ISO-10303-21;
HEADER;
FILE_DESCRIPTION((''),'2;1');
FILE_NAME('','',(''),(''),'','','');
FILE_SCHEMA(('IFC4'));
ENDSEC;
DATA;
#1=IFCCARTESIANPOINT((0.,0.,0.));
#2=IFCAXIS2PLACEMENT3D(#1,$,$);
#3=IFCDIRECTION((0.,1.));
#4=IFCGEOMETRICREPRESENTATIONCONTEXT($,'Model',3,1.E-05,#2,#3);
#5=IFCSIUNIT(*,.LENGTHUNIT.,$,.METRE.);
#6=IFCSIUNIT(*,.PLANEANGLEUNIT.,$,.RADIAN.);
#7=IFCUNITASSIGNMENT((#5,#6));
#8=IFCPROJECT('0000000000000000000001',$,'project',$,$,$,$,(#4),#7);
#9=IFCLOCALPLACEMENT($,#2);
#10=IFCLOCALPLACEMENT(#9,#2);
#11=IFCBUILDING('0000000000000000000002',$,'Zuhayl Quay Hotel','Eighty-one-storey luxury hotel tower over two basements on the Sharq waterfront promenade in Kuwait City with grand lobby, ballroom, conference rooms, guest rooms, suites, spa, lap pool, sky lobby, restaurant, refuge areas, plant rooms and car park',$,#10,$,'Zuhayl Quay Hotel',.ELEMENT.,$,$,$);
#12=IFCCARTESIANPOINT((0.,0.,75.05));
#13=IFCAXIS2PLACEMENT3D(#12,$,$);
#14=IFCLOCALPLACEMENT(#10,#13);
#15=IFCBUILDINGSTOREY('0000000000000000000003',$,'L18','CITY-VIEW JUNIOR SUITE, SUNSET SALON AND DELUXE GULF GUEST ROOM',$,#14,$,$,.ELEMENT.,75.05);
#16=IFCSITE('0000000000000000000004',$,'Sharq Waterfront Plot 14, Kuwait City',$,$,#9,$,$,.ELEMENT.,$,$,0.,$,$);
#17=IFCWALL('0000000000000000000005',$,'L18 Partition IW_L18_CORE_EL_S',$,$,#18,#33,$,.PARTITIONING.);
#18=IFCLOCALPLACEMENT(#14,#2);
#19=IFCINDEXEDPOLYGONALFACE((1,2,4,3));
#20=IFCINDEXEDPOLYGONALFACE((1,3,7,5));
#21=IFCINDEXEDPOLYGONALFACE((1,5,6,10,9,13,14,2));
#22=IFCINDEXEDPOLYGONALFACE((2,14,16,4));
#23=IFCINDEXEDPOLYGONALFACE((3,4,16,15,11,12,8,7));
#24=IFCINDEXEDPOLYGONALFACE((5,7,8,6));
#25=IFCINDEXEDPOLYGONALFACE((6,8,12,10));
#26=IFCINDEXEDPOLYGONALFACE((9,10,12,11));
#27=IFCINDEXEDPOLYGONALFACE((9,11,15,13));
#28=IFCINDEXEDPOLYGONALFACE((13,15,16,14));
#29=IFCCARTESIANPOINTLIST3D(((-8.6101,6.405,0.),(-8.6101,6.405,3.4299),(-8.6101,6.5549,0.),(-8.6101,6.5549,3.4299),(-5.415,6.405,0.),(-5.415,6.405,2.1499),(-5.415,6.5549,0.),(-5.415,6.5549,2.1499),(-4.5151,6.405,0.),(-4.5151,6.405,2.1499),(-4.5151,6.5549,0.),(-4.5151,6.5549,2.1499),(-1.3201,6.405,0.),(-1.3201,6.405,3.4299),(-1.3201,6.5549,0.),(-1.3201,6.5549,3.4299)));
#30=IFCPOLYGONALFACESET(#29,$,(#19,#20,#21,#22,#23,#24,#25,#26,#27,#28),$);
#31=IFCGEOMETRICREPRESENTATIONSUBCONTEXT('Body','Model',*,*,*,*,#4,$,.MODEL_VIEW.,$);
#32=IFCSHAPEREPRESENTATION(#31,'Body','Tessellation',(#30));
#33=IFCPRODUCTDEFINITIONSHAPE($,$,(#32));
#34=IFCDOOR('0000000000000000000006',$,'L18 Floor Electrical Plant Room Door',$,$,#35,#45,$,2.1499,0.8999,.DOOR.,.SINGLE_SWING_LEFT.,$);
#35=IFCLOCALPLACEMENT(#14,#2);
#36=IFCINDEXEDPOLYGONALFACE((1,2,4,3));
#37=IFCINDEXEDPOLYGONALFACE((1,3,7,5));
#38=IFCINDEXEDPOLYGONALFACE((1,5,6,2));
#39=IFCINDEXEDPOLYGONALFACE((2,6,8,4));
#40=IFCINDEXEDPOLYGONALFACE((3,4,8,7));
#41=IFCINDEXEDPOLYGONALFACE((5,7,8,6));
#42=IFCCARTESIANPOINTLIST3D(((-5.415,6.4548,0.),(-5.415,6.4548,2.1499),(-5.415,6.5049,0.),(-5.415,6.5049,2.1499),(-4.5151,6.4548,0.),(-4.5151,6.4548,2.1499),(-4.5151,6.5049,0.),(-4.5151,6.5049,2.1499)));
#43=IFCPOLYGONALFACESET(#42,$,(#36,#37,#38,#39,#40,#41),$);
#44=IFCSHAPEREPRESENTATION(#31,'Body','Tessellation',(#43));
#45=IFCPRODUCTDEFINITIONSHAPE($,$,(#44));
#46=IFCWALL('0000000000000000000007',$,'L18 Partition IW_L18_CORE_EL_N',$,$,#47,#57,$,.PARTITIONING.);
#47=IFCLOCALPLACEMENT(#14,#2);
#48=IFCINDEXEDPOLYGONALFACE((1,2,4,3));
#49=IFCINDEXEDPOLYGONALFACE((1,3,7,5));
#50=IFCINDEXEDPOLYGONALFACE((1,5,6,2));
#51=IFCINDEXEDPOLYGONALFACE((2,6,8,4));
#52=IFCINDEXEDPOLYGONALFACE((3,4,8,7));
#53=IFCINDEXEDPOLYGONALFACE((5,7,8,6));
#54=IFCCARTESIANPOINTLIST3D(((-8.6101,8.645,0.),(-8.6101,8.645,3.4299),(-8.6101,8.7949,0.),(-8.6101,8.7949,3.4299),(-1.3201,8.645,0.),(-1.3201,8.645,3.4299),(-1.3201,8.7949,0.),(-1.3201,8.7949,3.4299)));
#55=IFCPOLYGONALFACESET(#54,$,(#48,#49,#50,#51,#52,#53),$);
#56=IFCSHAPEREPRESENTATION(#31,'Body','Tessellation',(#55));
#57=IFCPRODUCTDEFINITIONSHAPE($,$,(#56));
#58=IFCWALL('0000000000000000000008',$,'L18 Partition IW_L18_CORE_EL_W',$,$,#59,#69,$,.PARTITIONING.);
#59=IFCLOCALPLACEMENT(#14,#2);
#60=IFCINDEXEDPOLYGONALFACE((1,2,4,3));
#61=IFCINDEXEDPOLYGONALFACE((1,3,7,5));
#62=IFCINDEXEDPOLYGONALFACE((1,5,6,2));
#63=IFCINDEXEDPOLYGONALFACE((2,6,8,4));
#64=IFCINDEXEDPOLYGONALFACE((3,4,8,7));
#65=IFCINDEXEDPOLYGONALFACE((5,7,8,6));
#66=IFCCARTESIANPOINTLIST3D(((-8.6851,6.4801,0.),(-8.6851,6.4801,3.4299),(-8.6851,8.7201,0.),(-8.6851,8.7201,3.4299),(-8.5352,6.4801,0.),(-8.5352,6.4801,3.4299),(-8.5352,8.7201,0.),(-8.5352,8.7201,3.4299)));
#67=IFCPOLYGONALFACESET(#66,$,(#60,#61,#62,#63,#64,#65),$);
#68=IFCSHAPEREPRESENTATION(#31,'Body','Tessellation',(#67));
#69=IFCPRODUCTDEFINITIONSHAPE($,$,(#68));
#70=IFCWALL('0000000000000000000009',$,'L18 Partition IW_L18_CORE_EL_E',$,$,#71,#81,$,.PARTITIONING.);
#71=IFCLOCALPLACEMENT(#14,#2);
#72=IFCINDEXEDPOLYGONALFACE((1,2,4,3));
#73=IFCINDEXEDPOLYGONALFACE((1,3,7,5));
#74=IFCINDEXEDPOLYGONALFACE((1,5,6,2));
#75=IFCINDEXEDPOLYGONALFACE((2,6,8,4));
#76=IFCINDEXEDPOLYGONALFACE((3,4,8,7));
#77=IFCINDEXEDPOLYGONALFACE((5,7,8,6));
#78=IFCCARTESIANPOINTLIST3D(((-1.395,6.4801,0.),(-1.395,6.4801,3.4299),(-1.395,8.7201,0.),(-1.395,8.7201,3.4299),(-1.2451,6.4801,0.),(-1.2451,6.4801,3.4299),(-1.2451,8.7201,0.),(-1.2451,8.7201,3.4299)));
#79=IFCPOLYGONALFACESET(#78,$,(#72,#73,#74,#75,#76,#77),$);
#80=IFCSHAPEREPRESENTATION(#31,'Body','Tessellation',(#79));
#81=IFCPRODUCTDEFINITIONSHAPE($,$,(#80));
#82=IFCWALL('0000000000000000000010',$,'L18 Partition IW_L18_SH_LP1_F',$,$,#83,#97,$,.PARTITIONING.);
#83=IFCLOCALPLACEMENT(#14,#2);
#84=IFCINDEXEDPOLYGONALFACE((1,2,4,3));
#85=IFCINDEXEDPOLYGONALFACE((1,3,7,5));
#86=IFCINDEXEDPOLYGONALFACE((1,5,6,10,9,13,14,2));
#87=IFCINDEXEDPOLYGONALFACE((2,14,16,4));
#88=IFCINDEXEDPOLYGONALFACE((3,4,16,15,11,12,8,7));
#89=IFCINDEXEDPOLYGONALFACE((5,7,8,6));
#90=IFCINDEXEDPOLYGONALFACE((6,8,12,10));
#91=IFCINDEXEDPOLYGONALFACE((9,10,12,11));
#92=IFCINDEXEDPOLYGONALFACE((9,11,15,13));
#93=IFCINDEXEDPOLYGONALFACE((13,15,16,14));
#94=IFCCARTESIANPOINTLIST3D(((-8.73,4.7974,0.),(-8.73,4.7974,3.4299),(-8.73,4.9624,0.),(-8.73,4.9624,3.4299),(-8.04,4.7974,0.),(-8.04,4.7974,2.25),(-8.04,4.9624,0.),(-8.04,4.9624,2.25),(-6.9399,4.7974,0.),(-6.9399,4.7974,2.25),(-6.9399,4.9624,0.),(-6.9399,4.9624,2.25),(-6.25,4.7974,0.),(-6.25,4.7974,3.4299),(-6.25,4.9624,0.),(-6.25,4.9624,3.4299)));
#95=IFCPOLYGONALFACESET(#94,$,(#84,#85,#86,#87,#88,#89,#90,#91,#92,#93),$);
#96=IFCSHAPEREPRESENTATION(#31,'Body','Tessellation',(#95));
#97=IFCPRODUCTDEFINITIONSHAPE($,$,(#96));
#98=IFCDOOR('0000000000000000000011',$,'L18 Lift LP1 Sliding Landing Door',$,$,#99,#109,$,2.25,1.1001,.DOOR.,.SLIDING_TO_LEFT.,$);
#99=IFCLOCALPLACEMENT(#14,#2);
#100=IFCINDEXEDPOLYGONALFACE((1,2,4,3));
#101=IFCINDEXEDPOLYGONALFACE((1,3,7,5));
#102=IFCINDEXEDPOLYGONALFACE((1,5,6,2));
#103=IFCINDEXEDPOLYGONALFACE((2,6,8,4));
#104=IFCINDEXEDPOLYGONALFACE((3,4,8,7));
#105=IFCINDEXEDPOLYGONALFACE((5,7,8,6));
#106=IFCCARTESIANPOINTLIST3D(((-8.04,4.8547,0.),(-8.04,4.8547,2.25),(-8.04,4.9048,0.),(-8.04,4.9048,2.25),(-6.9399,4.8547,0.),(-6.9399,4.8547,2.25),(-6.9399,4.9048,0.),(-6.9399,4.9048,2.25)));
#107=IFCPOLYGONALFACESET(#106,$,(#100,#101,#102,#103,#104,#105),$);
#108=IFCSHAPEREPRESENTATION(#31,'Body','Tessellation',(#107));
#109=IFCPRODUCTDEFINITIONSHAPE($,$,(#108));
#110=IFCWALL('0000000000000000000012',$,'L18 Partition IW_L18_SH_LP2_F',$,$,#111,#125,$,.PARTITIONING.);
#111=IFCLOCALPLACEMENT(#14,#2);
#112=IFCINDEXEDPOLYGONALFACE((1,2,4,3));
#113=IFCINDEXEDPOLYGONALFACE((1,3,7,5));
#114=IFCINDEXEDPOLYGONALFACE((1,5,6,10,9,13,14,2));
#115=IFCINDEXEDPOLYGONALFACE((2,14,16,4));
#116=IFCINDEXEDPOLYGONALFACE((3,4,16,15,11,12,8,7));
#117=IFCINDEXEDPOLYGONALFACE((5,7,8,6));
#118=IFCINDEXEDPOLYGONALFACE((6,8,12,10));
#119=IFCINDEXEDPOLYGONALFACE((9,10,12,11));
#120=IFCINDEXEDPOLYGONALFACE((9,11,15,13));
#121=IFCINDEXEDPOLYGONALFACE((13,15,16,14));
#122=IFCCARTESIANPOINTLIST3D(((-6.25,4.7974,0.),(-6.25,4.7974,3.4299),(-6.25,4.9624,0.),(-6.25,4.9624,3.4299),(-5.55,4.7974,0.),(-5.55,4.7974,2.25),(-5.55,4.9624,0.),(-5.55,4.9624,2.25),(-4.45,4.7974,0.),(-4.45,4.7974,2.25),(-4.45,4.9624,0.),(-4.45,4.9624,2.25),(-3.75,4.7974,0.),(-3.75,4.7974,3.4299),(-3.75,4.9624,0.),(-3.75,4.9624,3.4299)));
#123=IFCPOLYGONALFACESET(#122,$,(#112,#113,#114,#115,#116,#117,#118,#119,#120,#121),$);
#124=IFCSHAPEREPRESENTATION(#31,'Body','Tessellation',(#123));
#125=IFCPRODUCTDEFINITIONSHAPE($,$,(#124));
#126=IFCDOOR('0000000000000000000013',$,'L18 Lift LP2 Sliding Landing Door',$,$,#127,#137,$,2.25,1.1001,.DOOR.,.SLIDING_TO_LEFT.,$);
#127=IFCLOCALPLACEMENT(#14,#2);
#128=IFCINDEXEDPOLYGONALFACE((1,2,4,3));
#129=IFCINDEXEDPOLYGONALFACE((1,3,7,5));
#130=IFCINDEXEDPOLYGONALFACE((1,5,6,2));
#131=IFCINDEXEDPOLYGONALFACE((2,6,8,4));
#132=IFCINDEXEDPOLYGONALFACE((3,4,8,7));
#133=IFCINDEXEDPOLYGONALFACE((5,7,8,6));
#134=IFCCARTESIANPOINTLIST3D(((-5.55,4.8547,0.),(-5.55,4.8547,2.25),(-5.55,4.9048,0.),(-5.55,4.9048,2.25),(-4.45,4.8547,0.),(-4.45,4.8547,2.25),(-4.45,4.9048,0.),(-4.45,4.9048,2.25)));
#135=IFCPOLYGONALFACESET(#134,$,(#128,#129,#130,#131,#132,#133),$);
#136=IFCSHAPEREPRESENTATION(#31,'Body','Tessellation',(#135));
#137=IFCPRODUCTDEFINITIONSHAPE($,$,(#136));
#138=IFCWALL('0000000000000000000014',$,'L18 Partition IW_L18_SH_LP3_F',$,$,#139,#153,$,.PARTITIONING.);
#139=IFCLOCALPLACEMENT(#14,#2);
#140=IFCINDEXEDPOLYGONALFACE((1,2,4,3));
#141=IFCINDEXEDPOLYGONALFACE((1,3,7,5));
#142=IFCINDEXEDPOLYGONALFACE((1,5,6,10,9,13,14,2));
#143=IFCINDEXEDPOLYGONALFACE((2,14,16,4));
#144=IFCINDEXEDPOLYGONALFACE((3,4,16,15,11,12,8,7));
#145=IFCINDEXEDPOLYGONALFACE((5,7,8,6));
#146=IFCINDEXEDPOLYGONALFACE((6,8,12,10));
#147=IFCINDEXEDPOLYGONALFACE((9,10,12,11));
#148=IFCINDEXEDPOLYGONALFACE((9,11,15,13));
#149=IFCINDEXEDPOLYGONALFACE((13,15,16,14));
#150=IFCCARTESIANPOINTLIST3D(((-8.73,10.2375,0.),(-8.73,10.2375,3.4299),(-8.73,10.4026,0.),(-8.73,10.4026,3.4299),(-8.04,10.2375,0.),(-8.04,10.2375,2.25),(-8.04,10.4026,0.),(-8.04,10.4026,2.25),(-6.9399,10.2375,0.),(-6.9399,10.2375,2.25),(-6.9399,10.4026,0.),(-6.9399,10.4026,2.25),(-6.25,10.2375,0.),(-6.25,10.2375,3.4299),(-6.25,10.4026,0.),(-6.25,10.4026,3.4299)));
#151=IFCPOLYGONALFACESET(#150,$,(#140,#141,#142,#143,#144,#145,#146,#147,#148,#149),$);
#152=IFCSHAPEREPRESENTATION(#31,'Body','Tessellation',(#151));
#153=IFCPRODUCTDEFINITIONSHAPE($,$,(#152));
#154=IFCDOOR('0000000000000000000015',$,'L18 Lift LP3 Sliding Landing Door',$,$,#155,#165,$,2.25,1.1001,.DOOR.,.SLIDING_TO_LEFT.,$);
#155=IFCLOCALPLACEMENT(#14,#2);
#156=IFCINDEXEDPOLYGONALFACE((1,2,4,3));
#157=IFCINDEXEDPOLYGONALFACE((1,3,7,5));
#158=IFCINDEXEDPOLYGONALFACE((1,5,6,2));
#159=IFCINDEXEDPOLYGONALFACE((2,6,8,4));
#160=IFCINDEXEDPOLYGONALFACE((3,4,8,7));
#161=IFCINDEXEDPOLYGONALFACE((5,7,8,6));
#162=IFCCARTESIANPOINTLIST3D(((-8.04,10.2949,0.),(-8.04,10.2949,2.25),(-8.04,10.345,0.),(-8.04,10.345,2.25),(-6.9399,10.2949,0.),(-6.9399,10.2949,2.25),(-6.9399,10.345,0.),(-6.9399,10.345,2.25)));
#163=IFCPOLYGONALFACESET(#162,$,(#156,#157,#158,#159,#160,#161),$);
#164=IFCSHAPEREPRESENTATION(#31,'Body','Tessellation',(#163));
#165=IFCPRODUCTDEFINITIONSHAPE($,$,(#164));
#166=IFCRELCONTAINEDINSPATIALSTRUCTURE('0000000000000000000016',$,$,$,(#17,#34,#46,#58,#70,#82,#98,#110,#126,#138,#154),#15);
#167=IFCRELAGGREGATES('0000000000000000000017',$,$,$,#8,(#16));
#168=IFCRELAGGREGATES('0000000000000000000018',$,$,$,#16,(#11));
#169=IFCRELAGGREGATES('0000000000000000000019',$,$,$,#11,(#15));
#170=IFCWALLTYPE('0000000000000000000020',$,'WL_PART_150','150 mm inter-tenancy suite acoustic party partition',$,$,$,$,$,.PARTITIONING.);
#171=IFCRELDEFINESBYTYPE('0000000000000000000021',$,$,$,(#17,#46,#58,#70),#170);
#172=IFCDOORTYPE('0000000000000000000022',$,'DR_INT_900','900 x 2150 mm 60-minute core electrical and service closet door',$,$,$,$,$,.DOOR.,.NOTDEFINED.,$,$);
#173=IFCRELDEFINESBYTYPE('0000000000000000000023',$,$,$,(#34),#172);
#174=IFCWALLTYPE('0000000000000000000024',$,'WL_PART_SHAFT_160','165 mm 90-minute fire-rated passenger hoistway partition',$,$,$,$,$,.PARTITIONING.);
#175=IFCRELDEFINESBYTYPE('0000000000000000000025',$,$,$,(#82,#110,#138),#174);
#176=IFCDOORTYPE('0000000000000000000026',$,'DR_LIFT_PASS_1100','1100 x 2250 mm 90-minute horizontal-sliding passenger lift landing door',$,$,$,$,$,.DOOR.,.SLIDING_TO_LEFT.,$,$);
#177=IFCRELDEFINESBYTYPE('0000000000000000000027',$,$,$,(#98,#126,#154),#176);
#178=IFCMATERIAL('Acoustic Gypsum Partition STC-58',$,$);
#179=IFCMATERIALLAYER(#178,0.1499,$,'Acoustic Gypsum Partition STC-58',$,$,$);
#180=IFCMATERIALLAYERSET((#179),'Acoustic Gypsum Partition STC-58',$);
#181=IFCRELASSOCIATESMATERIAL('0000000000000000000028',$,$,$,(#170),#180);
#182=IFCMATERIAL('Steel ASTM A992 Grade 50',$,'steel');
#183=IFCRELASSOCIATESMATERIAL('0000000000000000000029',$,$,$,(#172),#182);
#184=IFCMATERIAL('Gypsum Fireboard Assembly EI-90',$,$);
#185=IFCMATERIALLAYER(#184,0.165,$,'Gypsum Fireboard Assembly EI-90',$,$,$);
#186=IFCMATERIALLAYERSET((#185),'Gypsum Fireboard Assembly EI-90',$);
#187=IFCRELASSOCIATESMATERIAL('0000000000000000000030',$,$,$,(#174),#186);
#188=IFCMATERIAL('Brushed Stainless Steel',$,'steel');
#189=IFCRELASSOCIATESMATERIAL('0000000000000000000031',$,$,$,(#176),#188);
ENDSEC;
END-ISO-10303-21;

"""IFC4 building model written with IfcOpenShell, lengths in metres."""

from ifc_helpers import new_model, si_unit, direction, frame, frame_2d, origin, place, context, subcontext, project, spatial, rectangle, extrude, material, layer, layer_set, type_object, element, fill, save


model = new_model("IFC4")

# Units and contexts
model_context = context("Model", 3, precision=1e-05, world=origin(), true_north=direction((0.0, 1.0)))
body_context = subcontext(model_context, "Body", "Model", "MODEL_VIEW")
ifc_project = project(units=[si_unit("LENGTHUNIT", "METRE"), si_unit("PLANEANGLEUNIT", "RADIAN")], contexts=[model_context])

# Site, building, storey
site_placement = place(None, origin())
site = spatial("IfcSite", under=ifc_project, at=site_placement, Name="Sharq Waterfront Plot 14, Kuwait City", CompositionType="ELEMENT", RefElevation=0.0)
building_placement = place(site_placement, origin())
building = spatial("IfcBuilding", under=site, at=building_placement, Name="Zuhayl Quay Hotel", Description="Eighty-one-storey luxury hotel tower over two basements on the Sharq waterfront promenade in Kuwait City with grand lobby, ballroom, conference rooms, guest rooms, suites, spa, lap pool, sky lobby, restaurant, refuge areas, plant rooms and car park", LongName="Zuhayl Quay Hotel", CompositionType="ELEMENT")
storey_placement = place(building_placement, frame((0.0, 0.0, 75.05)))
storey = spatial("IfcBuildingStorey", under=building, at=storey_placement, Name="L18", Description="CITY-VIEW JUNIOR SUITE, SUNSET SALON AND DELUXE GULF GUEST ROOM", CompositionType="ELEMENT", Elevation=75.05)

# Wall, opening, door
ifc_material_1 = material(Name="Acoustic Gypsum Partition STC-58")
ifc_layer_1 = layer(ifc_material_1, 0.1499, Name="Acoustic Gypsum Partition STC-58")
ifc_layer_set_1 = layer_set([ifc_layer_1], Name="Acoustic Gypsum Partition STC-58")
wall_type_1 = type_object("IfcWallType", Name="WL_PART_150", Description="150 mm inter-tenancy suite acoustic party partition", PredefinedType="PARTITIONING", material=ifc_layer_set_1)
wall_1_placement = place(storey_placement, frame((-8.6101, 6.48, 0.0), z_axis=(0.0, 0.0, 1.0), x_axis=(1.0, 0.0, 0.0)))
wall_1 = element("IfcWall", 1, at=wall_1_placement, inside=storey, type_object=wall_type_1, Name="L18 Partition IW_L18_CORE_EL_S", PredefinedType="PARTITIONING", context=body_context, shape_type="SweptSolid", body=[
    extrude(rectangle(XDim=7.29, YDim=0.1499, at=frame_2d((3.645, 0.0))), origin(), (0.0, 0.0, 1.0), 3.4299),
])
opening_1_placement = place(wall_1_placement, frame((3.1951, 0.0, 0.0)))
opening_1 = element("IfcOpeningElement", 2, at=opening_1_placement, cuts=wall_1, PredefinedType="OPENING", context=body_context, shape_type="SweptSolid", body=[
    extrude(rectangle(XDim=0.8999, YDim=2.1499, at=frame_2d((0.45, 1.075))), frame((0.0, 0.085, 0.0), z_axis=(0.0, -1.0, 0.0), x_axis=(1.0, 0.0, 0.0)), (0.0, 0.0, 1.0), 0.1699),
])
ifc_material_2 = material(Name="Steel ASTM A992 Grade 50", Category="steel")
door_type_1 = type_object("IfcDoorType", Name="DR_INT_900", Description="900 x 2150 mm 60-minute core electrical and service closet door", OperationType="NOTDEFINED", PredefinedType="DOOR", material=ifc_material_2)
door_1_placement = place(opening_1_placement, origin())
door_1 = element("IfcDoor", 3, at=door_1_placement, inside=storey, type_object=door_type_1, Name="L18 Floor Electrical Plant Room Door", OperationType="SINGLE_SWING_LEFT", OverallHeight=2.1499, OverallWidth=0.8999, PredefinedType="DOOR", context=body_context, shape_type="SweptSolid", body=[
    extrude(rectangle(XDim=0.8999, YDim=2.1499, at=frame_2d((0.45, 1.075))), frame((0.0, 0.0249, 0.0), z_axis=(0.0, -1.0, 0.0), x_axis=(1.0, 0.0, 0.0)), (0.0, 0.0, 1.0), 0.05),
])
fill(opening_1, door_1)

# Walls
wall_2_placement = place(storey_placement, frame((-8.6101, 8.72, 0.0), z_axis=(0.0, 0.0, 1.0), x_axis=(1.0, 0.0, 0.0)))
element("IfcWall", 4, at=wall_2_placement, inside=storey, type_object=wall_type_1, Name="L18 Partition IW_L18_CORE_EL_N", PredefinedType="PARTITIONING", context=body_context, shape_type="SweptSolid", body=[
    extrude(rectangle(XDim=7.29, YDim=0.1499, at=frame_2d((3.645, 0.0))), origin(), (0.0, 0.0, 1.0), 3.4299),
])
for number, where, z_axis, x_axis, name in (
    (5, (-8.6101, 6.48, 0.0), (0.0, 0.0, 1.0), (0.0, 1.0, 0.0), "L18 Partition IW_L18_CORE_EL_W"),
    (6, (-1.3201, 6.48, 0.0), (0.0, 0.0, 1.0), (0.0, 1.0, 0.0), "L18 Partition IW_L18_CORE_EL_E"),
):
    element("IfcWall", number, at=place(storey_placement, frame(where, z_axis=z_axis, x_axis=x_axis)), inside=storey, type_object=wall_type_1, Name=name, PredefinedType="PARTITIONING", context=body_context, shape_type="SweptSolid", body=[
        extrude(rectangle(XDim=2.24, YDim=0.1499, at=frame_2d((1.1201, 0.0))), origin(), (0.0, 0.0, 1.0), 3.4299),
    ])

# Walls, openings, doors
ifc_material_3 = material(Name="Gypsum Fireboard Assembly EI-90")
ifc_layer_2 = layer(ifc_material_3, 0.165, Name="Gypsum Fireboard Assembly EI-90")
ifc_layer_set_2 = layer_set([ifc_layer_2], Name="Gypsum Fireboard Assembly EI-90")
wall_type_2 = type_object("IfcWallType", Name="WL_PART_SHAFT_160", Description="165 mm 90-minute fire-rated passenger hoistway partition", PredefinedType="PARTITIONING", material=ifc_layer_set_2)
wall_3_placement = place(storey_placement, frame((-8.73, 4.8799, 0.0), z_axis=(0.0, 0.0, 1.0), x_axis=(1.0, 0.0, 0.0)))
wall_3 = element("IfcWall", 7, at=wall_3_placement, inside=storey, type_object=wall_type_2, Name="L18 Partition IW_L18_SH_LP1_F", PredefinedType="PARTITIONING", context=body_context, shape_type="SweptSolid", body=[
    extrude(rectangle(XDim=2.48, YDim=0.165, at=frame_2d((1.24, 0.0))), origin(), (0.0, 0.0, 1.0), 3.4299),
])
opening_2_placement = place(wall_3_placement, frame((0.6899, 0.0, 0.0)))
opening_2 = element("IfcOpeningElement", 8, at=opening_2_placement, cuts=wall_3, PredefinedType="OPENING", context=body_context, shape_type="SweptSolid", body=[
    extrude(rectangle(XDim=1.1001, YDim=2.25, at=frame_2d((0.55, 1.125))), frame((0.0, 0.0925, 0.0), z_axis=(0.0, -1.0, 0.0), x_axis=(1.0, 0.0, 0.0)), (0.0, 0.0, 1.0), 0.1851),
])
ifc_material_4 = material(Name="Brushed Stainless Steel", Category="steel")
door_type_2 = type_object("IfcDoorType", Name="DR_LIFT_PASS_1100", Description="1100 x 2250 mm 90-minute horizontal-sliding passenger lift landing door", OperationType="SLIDING_TO_LEFT", PredefinedType="DOOR", material=ifc_material_4)
door_2_placement = place(opening_2_placement, origin())
door_2 = element("IfcDoor", 9, at=door_2_placement, inside=storey, type_object=door_type_2, Name="L18 Lift LP1 Sliding Landing Door", OperationType="SLIDING_TO_LEFT", OverallHeight=2.25, OverallWidth=1.1001, PredefinedType="DOOR", context=body_context, shape_type="SweptSolid", body=[
    extrude(rectangle(XDim=1.1001, YDim=2.25, at=frame_2d((0.55, 1.125))), frame((0.0, 0.0249, 0.0), z_axis=(0.0, -1.0, 0.0), x_axis=(1.0, 0.0, 0.0)), (0.0, 0.0, 1.0), 0.05),
])
fill(opening_2, door_2)
wall_4_placement = place(storey_placement, frame((-6.25, 4.8799, 0.0), z_axis=(0.0, 0.0, 1.0), x_axis=(1.0, 0.0, 0.0)))
wall_4 = element("IfcWall", 10, at=wall_4_placement, inside=storey, type_object=wall_type_2, Name="L18 Partition IW_L18_SH_LP2_F", PredefinedType="PARTITIONING", context=body_context, shape_type="SweptSolid", body=[
    extrude(rectangle(XDim=2.5, YDim=0.165, at=frame_2d((1.25, 0.0))), origin(), (0.0, 0.0, 1.0), 3.4299),
])
opening_3_placement = place(wall_4_placement, frame((0.7, 0.0, 0.0)))
opening_3 = element("IfcOpeningElement", 11, at=opening_3_placement, cuts=wall_4, PredefinedType="OPENING", context=body_context, shape_type="SweptSolid", body=[
    extrude(rectangle(XDim=1.1001, YDim=2.25, at=frame_2d((0.55, 1.125))), frame((0.0, 0.0925, 0.0), z_axis=(0.0, -1.0, 0.0), x_axis=(1.0, 0.0, 0.0)), (0.0, 0.0, 1.0), 0.1851),
])
door_3_placement = place(opening_3_placement, origin())
door_3 = element("IfcDoor", 12, at=door_3_placement, inside=storey, type_object=door_type_2, Name="L18 Lift LP2 Sliding Landing Door", OperationType="SLIDING_TO_LEFT", OverallHeight=2.25, OverallWidth=1.1001, PredefinedType="DOOR", context=body_context, shape_type="SweptSolid", body=[
    extrude(rectangle(XDim=1.1001, YDim=2.25, at=frame_2d((0.55, 1.125))), frame((0.0, 0.0249, 0.0), z_axis=(0.0, -1.0, 0.0), x_axis=(1.0, 0.0, 0.0)), (0.0, 0.0, 1.0), 0.05),
])
fill(opening_3, door_3)
wall_5_placement = place(storey_placement, frame((-8.73, 10.3201, 0.0), z_axis=(0.0, 0.0, 1.0), x_axis=(1.0, 0.0, 0.0)))
wall_5 = element("IfcWall", 13, at=wall_5_placement, inside=storey, type_object=wall_type_2, Name="L18 Partition IW_L18_SH_LP3_F", PredefinedType="PARTITIONING", context=body_context, shape_type="SweptSolid", body=[
    extrude(rectangle(XDim=2.48, YDim=0.165, at=frame_2d((1.24, 0.0))), origin(), (0.0, 0.0, 1.0), 3.4299),
])
opening_4_placement = place(wall_5_placement, frame((0.6899, 0.0, 0.0)))
opening_4 = element("IfcOpeningElement", 14, at=opening_4_placement, cuts=wall_5, PredefinedType="OPENING", context=body_context, shape_type="SweptSolid", body=[
    extrude(rectangle(XDim=1.1001, YDim=2.25, at=frame_2d((0.55, 1.125))), frame((0.0, 0.0925, 0.0), z_axis=(0.0, -1.0, 0.0), x_axis=(1.0, 0.0, 0.0)), (0.0, 0.0, 1.0), 0.1851),
])
door_4_placement = place(opening_4_placement, origin())
door_4 = element("IfcDoor", 15, at=door_4_placement, inside=storey, type_object=door_type_2, Name="L18 Lift LP3 Sliding Landing Door", OperationType="SLIDING_TO_LEFT", OverallHeight=2.25, OverallWidth=1.1001, PredefinedType="DOOR", context=body_context, shape_type="SweptSolid", body=[
    extrude(rectangle(XDim=1.1001, YDim=2.25, at=frame_2d((0.55, 1.125))), frame((0.0, 0.0249, 0.0), z_axis=(0.0, -1.0, 0.0), x_axis=(1.0, 0.0, 0.0)), (0.0, 0.0, 1.0), 0.05),
])
fill(opening_4, door_4)

save(model, "model.ifc")
